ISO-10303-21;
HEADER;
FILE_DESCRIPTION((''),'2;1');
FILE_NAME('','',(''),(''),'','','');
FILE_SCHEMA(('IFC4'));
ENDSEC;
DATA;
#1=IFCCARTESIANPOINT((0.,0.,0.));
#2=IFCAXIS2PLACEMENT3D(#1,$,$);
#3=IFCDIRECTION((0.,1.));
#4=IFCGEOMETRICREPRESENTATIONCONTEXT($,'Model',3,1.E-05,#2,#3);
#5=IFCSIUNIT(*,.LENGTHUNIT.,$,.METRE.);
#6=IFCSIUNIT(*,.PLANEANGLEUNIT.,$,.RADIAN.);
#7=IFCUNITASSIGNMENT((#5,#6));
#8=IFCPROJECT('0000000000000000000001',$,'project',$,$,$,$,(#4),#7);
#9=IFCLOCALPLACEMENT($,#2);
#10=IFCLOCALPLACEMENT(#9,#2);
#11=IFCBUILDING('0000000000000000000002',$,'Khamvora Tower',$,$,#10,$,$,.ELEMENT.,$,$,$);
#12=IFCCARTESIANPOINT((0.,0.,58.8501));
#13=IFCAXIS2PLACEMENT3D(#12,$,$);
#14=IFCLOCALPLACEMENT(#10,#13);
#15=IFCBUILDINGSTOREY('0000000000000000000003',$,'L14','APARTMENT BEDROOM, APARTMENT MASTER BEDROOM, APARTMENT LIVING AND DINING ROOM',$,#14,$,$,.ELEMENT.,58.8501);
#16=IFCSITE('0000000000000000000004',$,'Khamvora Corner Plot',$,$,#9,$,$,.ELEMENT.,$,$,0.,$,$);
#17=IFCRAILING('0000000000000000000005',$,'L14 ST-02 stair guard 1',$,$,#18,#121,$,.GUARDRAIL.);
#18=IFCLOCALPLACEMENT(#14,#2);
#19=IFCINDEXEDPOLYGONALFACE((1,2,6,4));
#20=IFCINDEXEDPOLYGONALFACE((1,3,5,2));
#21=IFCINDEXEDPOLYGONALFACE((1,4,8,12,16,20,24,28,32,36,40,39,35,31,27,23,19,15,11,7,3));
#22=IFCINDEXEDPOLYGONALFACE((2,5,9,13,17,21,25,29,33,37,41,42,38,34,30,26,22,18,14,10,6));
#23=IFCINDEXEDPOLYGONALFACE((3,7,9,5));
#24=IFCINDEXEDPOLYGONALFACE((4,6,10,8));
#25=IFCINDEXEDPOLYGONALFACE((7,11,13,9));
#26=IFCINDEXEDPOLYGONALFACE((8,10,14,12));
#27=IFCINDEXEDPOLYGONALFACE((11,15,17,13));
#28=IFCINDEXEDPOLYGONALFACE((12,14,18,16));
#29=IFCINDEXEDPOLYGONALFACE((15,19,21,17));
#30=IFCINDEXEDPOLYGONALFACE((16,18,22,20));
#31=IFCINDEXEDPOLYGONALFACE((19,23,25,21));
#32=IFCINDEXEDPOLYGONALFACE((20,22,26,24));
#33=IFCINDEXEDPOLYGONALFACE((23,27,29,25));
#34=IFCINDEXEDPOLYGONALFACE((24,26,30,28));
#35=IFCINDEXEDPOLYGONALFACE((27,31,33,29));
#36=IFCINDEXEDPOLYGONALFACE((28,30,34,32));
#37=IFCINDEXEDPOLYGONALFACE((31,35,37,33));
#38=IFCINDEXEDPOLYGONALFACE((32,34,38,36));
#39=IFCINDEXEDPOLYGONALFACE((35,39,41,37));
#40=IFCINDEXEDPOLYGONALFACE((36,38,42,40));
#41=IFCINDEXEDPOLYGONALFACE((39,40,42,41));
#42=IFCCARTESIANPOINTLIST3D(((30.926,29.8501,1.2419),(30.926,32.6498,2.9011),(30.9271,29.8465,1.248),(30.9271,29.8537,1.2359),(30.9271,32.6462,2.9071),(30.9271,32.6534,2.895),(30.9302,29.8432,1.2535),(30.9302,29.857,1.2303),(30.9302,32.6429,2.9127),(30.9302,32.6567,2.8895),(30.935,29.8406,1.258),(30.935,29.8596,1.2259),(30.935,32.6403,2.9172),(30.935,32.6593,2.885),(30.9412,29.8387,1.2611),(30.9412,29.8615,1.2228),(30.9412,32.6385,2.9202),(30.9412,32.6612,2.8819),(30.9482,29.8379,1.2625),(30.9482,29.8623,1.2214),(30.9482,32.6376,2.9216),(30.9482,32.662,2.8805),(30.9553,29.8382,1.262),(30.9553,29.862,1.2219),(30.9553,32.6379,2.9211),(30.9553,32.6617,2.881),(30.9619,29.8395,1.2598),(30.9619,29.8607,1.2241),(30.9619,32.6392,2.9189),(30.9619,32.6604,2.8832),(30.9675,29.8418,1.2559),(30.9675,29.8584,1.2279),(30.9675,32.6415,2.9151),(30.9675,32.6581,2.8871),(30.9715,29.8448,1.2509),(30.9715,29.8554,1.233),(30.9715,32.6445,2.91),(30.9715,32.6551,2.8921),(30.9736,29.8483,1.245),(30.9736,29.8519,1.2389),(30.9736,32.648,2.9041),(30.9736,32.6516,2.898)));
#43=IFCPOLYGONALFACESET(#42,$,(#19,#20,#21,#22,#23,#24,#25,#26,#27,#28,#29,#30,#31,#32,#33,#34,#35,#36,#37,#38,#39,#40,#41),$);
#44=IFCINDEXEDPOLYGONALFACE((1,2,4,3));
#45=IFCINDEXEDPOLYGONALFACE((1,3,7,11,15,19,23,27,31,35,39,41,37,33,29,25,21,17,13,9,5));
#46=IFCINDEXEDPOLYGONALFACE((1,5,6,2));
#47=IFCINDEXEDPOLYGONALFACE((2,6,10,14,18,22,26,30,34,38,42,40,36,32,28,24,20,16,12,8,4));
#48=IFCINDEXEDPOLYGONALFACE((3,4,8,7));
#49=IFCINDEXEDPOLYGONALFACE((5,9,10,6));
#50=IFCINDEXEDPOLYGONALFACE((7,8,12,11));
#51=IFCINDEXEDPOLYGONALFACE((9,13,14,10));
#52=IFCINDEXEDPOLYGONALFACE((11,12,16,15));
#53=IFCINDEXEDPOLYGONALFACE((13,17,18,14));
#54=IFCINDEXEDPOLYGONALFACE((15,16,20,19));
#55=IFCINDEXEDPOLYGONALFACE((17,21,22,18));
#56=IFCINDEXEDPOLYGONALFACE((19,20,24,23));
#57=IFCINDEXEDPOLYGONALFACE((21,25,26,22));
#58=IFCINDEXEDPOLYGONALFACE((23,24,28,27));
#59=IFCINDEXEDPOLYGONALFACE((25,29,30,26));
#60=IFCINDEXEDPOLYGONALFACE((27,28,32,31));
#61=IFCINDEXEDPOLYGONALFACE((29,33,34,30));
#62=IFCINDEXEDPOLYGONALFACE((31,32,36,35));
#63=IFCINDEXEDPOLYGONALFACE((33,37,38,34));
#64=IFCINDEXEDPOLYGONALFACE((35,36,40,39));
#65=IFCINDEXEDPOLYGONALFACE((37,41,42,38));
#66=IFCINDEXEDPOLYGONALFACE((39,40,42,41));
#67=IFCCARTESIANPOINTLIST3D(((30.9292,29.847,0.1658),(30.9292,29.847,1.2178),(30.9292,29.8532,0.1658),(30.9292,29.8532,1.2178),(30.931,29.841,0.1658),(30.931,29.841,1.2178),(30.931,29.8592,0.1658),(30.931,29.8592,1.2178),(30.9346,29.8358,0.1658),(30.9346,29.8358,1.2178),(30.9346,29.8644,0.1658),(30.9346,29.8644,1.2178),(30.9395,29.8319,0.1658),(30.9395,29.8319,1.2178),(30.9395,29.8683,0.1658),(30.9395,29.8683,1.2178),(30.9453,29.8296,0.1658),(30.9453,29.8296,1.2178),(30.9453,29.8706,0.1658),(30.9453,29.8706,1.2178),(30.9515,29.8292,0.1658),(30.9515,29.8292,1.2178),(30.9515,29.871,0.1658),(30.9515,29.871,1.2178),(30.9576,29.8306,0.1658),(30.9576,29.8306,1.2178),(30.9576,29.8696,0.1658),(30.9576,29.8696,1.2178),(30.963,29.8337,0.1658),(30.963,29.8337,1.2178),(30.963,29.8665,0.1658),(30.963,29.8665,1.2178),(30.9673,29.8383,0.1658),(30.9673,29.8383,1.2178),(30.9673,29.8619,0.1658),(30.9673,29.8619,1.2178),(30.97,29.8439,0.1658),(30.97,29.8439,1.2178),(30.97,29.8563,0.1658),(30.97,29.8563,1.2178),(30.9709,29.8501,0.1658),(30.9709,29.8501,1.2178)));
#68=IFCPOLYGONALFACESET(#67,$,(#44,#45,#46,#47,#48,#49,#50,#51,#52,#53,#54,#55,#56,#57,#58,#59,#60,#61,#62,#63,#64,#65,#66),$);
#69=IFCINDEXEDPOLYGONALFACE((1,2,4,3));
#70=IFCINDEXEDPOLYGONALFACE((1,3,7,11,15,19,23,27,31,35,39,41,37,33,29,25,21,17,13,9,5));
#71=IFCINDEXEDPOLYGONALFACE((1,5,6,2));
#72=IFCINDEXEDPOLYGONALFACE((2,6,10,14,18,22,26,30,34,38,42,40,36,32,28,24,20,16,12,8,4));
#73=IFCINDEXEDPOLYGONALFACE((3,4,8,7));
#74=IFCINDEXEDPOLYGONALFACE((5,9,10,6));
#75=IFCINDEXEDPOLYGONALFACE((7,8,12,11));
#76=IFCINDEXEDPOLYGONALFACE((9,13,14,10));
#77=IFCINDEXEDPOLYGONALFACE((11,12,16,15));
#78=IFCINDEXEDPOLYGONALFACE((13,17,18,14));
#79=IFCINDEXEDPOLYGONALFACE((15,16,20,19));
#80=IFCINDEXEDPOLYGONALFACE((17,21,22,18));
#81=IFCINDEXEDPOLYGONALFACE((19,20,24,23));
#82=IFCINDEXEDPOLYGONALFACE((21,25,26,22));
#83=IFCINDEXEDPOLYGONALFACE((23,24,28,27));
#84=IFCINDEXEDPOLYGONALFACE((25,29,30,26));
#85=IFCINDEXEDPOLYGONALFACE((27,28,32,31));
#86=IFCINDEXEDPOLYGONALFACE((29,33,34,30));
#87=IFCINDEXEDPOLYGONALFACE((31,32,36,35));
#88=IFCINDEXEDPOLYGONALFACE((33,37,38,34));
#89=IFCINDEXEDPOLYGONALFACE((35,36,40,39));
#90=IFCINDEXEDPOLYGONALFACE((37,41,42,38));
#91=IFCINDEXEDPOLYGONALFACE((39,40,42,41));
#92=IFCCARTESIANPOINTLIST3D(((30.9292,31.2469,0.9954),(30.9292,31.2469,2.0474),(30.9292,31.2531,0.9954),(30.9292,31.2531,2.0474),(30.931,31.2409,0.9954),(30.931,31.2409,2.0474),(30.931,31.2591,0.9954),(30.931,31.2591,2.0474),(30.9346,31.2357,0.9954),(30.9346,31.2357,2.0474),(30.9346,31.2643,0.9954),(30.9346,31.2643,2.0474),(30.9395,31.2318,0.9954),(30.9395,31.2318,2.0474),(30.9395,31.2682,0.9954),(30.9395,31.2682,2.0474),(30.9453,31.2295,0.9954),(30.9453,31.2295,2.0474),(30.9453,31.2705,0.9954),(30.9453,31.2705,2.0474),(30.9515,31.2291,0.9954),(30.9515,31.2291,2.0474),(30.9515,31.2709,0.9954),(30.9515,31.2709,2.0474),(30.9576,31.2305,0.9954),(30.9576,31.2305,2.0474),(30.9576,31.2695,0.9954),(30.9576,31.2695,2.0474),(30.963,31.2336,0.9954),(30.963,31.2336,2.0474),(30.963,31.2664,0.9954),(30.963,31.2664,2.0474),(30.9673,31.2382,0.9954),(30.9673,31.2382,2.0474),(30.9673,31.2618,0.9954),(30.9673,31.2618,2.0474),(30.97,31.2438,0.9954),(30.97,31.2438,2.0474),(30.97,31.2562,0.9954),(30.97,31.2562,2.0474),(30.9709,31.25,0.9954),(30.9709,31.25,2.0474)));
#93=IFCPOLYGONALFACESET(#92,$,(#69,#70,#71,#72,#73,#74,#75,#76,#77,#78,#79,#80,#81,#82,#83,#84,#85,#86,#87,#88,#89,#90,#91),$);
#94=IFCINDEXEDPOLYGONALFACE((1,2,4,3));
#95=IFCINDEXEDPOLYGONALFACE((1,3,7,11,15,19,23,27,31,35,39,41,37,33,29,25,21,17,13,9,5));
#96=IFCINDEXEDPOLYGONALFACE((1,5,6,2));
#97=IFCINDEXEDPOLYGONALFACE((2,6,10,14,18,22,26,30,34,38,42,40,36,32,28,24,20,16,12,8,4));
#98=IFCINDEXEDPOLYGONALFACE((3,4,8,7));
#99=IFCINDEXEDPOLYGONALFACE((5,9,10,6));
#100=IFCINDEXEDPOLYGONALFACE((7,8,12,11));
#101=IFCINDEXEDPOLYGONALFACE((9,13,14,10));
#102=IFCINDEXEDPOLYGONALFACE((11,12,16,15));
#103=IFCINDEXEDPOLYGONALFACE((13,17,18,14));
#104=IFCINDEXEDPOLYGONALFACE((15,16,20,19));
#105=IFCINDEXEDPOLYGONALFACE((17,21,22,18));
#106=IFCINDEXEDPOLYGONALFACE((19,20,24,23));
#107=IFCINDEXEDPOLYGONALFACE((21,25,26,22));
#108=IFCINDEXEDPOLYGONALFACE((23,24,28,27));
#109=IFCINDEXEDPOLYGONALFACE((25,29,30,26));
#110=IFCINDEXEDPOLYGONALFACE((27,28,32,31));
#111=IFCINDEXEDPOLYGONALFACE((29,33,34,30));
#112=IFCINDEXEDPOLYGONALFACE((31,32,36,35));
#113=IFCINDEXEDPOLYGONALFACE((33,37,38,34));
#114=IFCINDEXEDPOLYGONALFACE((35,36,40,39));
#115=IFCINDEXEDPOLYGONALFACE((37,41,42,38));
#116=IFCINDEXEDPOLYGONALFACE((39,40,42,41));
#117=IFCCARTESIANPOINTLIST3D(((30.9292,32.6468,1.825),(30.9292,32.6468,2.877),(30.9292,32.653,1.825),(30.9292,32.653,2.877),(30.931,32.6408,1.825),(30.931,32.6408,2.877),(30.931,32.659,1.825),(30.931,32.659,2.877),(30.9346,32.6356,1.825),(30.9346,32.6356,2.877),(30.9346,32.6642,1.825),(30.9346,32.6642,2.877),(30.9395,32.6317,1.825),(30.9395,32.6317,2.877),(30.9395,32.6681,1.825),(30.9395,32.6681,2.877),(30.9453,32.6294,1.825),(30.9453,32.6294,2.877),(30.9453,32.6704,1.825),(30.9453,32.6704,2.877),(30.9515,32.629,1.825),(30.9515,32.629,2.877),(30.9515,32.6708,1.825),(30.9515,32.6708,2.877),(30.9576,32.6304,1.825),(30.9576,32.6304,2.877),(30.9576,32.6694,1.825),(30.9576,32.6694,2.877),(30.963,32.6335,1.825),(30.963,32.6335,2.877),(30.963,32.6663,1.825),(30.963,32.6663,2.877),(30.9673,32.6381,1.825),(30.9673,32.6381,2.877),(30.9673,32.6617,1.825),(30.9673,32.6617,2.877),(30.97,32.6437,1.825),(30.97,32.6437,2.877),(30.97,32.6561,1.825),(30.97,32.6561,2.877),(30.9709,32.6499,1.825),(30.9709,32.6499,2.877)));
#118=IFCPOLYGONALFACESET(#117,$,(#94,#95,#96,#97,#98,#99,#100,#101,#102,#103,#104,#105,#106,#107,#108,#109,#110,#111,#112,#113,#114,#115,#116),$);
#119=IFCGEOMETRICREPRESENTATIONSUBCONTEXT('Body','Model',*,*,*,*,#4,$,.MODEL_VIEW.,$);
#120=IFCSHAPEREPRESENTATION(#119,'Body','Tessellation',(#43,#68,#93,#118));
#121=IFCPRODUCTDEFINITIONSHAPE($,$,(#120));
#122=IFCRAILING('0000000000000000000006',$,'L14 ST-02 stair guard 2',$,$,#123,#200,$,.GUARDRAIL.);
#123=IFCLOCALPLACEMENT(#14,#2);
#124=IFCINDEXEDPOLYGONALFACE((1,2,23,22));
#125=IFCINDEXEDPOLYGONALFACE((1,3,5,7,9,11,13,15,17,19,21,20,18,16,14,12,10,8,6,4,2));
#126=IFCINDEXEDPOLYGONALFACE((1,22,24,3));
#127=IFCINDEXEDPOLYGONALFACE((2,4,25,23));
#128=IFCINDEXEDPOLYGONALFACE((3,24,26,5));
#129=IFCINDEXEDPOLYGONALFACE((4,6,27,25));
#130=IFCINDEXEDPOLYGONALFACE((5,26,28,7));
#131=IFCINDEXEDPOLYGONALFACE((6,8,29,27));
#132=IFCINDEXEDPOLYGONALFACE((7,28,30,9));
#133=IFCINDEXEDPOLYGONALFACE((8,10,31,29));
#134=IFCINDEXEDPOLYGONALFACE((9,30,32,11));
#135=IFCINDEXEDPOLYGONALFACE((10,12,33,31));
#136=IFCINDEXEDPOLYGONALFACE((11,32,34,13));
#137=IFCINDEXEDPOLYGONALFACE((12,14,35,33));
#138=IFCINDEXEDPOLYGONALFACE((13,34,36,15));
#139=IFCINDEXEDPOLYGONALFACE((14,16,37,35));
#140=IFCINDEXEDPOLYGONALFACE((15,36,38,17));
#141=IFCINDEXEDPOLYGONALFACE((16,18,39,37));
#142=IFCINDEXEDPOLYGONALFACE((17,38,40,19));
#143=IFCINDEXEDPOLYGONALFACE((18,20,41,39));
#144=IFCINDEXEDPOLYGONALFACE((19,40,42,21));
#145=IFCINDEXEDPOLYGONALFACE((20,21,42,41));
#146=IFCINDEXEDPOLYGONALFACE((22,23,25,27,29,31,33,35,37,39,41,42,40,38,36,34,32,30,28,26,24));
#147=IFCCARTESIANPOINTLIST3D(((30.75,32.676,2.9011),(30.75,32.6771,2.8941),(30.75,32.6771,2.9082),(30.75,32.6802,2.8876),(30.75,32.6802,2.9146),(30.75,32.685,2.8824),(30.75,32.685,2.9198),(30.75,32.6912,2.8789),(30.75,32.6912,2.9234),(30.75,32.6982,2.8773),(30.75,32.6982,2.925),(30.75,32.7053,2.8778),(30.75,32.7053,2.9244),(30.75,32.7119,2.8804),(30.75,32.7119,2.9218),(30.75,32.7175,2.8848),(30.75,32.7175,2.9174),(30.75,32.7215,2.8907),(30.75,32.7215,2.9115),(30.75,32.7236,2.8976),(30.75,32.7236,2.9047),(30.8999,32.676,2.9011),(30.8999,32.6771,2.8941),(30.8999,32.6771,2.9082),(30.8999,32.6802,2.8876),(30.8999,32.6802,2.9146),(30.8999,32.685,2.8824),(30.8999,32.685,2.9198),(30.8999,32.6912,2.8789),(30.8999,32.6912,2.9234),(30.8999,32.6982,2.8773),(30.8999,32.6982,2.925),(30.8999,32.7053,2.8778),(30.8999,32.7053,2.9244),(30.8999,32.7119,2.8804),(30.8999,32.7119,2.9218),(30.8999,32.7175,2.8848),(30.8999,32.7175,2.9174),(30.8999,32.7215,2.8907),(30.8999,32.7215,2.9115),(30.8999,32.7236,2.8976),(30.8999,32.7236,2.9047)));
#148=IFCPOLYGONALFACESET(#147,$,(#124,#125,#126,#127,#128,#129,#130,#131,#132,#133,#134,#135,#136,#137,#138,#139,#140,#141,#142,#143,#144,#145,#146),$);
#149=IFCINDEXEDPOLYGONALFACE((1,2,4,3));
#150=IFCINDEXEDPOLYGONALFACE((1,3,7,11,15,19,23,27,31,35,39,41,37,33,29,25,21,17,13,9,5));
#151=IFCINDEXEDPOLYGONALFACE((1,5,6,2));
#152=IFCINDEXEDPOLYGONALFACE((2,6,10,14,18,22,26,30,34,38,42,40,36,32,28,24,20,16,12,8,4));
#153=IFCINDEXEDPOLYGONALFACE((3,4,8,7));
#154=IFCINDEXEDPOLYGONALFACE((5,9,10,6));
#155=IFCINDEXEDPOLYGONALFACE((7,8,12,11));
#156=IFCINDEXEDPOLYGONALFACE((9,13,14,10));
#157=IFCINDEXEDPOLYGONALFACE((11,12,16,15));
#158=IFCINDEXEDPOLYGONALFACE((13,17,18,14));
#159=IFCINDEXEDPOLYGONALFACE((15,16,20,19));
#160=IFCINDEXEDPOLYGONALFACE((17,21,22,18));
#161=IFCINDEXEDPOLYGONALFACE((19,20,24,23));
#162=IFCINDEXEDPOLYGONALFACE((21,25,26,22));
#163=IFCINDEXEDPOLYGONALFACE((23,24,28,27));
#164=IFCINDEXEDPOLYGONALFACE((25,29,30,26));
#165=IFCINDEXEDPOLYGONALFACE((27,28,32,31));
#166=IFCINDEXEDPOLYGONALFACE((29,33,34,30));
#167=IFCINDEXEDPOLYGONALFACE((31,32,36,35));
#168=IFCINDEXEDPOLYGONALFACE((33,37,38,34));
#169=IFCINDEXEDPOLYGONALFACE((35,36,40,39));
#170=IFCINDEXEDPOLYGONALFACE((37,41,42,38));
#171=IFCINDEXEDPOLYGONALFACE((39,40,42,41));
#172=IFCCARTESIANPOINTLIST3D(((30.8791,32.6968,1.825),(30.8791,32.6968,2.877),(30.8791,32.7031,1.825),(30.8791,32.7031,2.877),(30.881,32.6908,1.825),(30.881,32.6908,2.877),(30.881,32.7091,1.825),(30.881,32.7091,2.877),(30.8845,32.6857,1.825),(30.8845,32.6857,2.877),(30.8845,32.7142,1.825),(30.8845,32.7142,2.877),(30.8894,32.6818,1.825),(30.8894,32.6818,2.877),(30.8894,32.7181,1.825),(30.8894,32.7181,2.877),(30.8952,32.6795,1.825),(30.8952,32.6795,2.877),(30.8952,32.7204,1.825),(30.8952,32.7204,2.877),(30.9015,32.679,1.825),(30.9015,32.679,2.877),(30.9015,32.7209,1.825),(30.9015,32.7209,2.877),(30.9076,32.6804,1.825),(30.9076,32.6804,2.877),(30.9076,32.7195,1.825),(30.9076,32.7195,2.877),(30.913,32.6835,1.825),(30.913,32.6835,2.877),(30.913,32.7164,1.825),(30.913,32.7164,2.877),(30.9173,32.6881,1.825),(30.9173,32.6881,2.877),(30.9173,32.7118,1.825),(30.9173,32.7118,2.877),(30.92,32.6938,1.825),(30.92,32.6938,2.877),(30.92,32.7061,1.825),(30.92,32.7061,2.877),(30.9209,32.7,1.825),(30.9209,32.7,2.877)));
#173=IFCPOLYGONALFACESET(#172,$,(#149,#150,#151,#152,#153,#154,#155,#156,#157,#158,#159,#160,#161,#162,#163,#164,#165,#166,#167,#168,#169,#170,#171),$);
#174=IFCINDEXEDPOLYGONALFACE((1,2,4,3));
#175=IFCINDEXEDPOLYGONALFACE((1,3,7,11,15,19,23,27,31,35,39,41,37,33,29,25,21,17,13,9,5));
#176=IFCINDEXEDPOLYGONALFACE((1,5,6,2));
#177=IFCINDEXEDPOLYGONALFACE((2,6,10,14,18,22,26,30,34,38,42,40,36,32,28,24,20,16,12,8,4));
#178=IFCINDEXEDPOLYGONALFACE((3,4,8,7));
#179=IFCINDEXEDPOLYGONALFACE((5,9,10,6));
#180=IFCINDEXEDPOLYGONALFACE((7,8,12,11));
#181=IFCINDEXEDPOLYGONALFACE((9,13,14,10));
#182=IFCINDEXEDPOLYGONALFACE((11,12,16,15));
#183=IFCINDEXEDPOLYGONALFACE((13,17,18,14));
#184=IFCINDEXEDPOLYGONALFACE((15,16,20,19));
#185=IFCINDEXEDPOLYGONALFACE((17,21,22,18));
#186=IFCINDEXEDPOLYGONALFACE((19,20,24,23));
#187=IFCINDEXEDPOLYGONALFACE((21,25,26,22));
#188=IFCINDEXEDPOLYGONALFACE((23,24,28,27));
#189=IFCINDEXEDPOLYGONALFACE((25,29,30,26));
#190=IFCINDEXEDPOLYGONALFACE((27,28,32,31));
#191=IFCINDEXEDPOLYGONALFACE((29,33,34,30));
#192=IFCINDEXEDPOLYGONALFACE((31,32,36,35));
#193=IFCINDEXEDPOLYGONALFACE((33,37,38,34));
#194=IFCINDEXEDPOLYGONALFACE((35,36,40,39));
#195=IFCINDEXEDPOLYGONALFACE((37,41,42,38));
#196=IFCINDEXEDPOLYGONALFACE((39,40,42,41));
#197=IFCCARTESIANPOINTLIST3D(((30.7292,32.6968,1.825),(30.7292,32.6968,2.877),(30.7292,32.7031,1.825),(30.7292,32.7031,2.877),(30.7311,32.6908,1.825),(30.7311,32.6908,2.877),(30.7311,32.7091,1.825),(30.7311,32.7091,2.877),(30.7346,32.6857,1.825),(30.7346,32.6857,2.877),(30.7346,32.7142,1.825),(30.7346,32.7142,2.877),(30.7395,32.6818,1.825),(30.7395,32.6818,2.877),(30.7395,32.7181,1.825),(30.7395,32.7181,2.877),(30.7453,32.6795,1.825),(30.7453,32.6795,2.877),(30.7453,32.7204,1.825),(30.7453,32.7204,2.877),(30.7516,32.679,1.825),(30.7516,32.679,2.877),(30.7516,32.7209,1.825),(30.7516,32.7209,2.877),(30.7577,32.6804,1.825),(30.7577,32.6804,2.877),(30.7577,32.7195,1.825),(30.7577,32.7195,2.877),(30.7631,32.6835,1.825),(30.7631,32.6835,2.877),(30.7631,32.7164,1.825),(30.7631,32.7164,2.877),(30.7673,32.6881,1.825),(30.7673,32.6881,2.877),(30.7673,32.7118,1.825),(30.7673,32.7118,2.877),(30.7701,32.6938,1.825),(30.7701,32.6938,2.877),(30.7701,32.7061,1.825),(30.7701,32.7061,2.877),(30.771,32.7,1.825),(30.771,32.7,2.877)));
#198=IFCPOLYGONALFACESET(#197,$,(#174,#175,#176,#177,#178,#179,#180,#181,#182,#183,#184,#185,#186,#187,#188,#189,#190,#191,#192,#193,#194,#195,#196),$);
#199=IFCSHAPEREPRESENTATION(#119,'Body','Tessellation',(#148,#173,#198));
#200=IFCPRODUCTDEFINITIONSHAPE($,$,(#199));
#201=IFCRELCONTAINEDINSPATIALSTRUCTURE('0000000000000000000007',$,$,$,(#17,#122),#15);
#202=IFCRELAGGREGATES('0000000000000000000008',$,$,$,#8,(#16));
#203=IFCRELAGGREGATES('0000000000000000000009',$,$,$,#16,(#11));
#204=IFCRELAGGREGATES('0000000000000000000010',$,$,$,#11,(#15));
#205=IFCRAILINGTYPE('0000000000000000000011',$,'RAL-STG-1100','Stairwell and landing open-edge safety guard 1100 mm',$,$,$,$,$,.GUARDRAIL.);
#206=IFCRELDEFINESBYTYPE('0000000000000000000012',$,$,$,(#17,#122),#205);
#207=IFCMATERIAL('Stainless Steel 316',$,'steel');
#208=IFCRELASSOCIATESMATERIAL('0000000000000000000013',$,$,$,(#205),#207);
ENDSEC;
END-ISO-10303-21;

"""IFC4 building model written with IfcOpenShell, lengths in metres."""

from ifc_helpers import new_model, si_unit, direction, frame, origin, origin_2d, place, context, subcontext, project, spatial, circle, extrude, material, type_object, element, save


model = new_model("IFC4")

# Units and contexts
model_context = context("Model", 3, precision=1e-05, world=origin(), true_north=direction((0.0, 1.0)))
body_context = subcontext(model_context, "Body", "Model", "MODEL_VIEW")
ifc_project = project(units=[si_unit("LENGTHUNIT", "METRE"), si_unit("PLANEANGLEUNIT", "RADIAN")], contexts=[model_context])

# Site, building, storey
site_placement = place(None, origin())
site = spatial("IfcSite", under=ifc_project, at=site_placement, Name="Khamvora Corner Plot", CompositionType="ELEMENT", RefElevation=0.0)
building_placement = place(site_placement, origin())
building = spatial("IfcBuilding", under=site, at=building_placement, Name="Khamvora Tower", CompositionType="ELEMENT")
storey_placement = place(building_placement, frame((0.0, 0.0, 58.8501)))
storey = spatial("IfcBuildingStorey", under=building, at=storey_placement, Name="L14", Description="APARTMENT BEDROOM, APARTMENT MASTER BEDROOM, APARTMENT LIVING AND DINING ROOM", CompositionType="ELEMENT", Elevation=58.8501)

# Railings
ifc_material_1 = material(Name="Stainless Steel 316", Category="steel")
railing_type_1 = type_object("IfcRailingType", Name="RAL-STG-1100", Description="Stairwell and landing open-edge safety guard 1100 mm", PredefinedType="GUARDRAIL", material=ifc_material_1)
railing_1_placement = place(storey_placement, frame((30.95, 29.8501, 0.1658)))
element("IfcRailing", 1, at=railing_1_placement, inside=storey, type_object=railing_type_1, Name="L14 ST-02 stair guard 1", PredefinedType="GUARDRAIL", context=body_context, shape_type="SweptSolid", body=[
    extrude(circle(Radius=0.0239, at=origin_2d()), frame((0.0, 0.0, 1.0762), z_axis=(0.0, 0.860287, 0.509811), x_axis=(-1.0, 0.0, 0.0)), (0.0, 0.0, 1.0), 3.2544),
    extrude(circle(Radius=0.021, at=origin_2d()), origin(), (0.0, 0.0, 1.0), 1.052),
    extrude(circle(Radius=0.021, at=origin_2d()), frame((0.0, 1.3999, 0.8296)), (0.0, 0.0, 1.0), 1.052),
    extrude(circle(Radius=0.021, at=origin_2d()), frame((0.0, 2.7998, 1.6592)), (0.0, 0.0, 1.0), 1.052),
])
railing_2_placement = place(storey_placement, frame((30.8999, 32.7, 1.825)))
element("IfcRailing", 2, at=railing_2_placement, inside=storey, type_object=railing_type_1, Name="L14 ST-02 stair guard 2", PredefinedType="GUARDRAIL", context=body_context, shape_type="SweptSolid", body=[
    extrude(circle(Radius=0.0239, at=origin_2d()), frame((0.0, 0.0, 1.0762), z_axis=(-1.0, 0.0, 0.0), x_axis=(0.0, -1.0, 0.0)), (0.0, 0.0, 1.0), 0.1499),
    extrude(circle(Radius=0.021, at=origin_2d()), origin(), (0.0, 0.0, 1.0), 1.052),
    extrude(circle(Radius=0.021, at=origin_2d()), frame((-0.1499, 0.0, 0.0)), (0.0, 0.0, 1.0), 1.052),
])

save(model, "model.ifc")
